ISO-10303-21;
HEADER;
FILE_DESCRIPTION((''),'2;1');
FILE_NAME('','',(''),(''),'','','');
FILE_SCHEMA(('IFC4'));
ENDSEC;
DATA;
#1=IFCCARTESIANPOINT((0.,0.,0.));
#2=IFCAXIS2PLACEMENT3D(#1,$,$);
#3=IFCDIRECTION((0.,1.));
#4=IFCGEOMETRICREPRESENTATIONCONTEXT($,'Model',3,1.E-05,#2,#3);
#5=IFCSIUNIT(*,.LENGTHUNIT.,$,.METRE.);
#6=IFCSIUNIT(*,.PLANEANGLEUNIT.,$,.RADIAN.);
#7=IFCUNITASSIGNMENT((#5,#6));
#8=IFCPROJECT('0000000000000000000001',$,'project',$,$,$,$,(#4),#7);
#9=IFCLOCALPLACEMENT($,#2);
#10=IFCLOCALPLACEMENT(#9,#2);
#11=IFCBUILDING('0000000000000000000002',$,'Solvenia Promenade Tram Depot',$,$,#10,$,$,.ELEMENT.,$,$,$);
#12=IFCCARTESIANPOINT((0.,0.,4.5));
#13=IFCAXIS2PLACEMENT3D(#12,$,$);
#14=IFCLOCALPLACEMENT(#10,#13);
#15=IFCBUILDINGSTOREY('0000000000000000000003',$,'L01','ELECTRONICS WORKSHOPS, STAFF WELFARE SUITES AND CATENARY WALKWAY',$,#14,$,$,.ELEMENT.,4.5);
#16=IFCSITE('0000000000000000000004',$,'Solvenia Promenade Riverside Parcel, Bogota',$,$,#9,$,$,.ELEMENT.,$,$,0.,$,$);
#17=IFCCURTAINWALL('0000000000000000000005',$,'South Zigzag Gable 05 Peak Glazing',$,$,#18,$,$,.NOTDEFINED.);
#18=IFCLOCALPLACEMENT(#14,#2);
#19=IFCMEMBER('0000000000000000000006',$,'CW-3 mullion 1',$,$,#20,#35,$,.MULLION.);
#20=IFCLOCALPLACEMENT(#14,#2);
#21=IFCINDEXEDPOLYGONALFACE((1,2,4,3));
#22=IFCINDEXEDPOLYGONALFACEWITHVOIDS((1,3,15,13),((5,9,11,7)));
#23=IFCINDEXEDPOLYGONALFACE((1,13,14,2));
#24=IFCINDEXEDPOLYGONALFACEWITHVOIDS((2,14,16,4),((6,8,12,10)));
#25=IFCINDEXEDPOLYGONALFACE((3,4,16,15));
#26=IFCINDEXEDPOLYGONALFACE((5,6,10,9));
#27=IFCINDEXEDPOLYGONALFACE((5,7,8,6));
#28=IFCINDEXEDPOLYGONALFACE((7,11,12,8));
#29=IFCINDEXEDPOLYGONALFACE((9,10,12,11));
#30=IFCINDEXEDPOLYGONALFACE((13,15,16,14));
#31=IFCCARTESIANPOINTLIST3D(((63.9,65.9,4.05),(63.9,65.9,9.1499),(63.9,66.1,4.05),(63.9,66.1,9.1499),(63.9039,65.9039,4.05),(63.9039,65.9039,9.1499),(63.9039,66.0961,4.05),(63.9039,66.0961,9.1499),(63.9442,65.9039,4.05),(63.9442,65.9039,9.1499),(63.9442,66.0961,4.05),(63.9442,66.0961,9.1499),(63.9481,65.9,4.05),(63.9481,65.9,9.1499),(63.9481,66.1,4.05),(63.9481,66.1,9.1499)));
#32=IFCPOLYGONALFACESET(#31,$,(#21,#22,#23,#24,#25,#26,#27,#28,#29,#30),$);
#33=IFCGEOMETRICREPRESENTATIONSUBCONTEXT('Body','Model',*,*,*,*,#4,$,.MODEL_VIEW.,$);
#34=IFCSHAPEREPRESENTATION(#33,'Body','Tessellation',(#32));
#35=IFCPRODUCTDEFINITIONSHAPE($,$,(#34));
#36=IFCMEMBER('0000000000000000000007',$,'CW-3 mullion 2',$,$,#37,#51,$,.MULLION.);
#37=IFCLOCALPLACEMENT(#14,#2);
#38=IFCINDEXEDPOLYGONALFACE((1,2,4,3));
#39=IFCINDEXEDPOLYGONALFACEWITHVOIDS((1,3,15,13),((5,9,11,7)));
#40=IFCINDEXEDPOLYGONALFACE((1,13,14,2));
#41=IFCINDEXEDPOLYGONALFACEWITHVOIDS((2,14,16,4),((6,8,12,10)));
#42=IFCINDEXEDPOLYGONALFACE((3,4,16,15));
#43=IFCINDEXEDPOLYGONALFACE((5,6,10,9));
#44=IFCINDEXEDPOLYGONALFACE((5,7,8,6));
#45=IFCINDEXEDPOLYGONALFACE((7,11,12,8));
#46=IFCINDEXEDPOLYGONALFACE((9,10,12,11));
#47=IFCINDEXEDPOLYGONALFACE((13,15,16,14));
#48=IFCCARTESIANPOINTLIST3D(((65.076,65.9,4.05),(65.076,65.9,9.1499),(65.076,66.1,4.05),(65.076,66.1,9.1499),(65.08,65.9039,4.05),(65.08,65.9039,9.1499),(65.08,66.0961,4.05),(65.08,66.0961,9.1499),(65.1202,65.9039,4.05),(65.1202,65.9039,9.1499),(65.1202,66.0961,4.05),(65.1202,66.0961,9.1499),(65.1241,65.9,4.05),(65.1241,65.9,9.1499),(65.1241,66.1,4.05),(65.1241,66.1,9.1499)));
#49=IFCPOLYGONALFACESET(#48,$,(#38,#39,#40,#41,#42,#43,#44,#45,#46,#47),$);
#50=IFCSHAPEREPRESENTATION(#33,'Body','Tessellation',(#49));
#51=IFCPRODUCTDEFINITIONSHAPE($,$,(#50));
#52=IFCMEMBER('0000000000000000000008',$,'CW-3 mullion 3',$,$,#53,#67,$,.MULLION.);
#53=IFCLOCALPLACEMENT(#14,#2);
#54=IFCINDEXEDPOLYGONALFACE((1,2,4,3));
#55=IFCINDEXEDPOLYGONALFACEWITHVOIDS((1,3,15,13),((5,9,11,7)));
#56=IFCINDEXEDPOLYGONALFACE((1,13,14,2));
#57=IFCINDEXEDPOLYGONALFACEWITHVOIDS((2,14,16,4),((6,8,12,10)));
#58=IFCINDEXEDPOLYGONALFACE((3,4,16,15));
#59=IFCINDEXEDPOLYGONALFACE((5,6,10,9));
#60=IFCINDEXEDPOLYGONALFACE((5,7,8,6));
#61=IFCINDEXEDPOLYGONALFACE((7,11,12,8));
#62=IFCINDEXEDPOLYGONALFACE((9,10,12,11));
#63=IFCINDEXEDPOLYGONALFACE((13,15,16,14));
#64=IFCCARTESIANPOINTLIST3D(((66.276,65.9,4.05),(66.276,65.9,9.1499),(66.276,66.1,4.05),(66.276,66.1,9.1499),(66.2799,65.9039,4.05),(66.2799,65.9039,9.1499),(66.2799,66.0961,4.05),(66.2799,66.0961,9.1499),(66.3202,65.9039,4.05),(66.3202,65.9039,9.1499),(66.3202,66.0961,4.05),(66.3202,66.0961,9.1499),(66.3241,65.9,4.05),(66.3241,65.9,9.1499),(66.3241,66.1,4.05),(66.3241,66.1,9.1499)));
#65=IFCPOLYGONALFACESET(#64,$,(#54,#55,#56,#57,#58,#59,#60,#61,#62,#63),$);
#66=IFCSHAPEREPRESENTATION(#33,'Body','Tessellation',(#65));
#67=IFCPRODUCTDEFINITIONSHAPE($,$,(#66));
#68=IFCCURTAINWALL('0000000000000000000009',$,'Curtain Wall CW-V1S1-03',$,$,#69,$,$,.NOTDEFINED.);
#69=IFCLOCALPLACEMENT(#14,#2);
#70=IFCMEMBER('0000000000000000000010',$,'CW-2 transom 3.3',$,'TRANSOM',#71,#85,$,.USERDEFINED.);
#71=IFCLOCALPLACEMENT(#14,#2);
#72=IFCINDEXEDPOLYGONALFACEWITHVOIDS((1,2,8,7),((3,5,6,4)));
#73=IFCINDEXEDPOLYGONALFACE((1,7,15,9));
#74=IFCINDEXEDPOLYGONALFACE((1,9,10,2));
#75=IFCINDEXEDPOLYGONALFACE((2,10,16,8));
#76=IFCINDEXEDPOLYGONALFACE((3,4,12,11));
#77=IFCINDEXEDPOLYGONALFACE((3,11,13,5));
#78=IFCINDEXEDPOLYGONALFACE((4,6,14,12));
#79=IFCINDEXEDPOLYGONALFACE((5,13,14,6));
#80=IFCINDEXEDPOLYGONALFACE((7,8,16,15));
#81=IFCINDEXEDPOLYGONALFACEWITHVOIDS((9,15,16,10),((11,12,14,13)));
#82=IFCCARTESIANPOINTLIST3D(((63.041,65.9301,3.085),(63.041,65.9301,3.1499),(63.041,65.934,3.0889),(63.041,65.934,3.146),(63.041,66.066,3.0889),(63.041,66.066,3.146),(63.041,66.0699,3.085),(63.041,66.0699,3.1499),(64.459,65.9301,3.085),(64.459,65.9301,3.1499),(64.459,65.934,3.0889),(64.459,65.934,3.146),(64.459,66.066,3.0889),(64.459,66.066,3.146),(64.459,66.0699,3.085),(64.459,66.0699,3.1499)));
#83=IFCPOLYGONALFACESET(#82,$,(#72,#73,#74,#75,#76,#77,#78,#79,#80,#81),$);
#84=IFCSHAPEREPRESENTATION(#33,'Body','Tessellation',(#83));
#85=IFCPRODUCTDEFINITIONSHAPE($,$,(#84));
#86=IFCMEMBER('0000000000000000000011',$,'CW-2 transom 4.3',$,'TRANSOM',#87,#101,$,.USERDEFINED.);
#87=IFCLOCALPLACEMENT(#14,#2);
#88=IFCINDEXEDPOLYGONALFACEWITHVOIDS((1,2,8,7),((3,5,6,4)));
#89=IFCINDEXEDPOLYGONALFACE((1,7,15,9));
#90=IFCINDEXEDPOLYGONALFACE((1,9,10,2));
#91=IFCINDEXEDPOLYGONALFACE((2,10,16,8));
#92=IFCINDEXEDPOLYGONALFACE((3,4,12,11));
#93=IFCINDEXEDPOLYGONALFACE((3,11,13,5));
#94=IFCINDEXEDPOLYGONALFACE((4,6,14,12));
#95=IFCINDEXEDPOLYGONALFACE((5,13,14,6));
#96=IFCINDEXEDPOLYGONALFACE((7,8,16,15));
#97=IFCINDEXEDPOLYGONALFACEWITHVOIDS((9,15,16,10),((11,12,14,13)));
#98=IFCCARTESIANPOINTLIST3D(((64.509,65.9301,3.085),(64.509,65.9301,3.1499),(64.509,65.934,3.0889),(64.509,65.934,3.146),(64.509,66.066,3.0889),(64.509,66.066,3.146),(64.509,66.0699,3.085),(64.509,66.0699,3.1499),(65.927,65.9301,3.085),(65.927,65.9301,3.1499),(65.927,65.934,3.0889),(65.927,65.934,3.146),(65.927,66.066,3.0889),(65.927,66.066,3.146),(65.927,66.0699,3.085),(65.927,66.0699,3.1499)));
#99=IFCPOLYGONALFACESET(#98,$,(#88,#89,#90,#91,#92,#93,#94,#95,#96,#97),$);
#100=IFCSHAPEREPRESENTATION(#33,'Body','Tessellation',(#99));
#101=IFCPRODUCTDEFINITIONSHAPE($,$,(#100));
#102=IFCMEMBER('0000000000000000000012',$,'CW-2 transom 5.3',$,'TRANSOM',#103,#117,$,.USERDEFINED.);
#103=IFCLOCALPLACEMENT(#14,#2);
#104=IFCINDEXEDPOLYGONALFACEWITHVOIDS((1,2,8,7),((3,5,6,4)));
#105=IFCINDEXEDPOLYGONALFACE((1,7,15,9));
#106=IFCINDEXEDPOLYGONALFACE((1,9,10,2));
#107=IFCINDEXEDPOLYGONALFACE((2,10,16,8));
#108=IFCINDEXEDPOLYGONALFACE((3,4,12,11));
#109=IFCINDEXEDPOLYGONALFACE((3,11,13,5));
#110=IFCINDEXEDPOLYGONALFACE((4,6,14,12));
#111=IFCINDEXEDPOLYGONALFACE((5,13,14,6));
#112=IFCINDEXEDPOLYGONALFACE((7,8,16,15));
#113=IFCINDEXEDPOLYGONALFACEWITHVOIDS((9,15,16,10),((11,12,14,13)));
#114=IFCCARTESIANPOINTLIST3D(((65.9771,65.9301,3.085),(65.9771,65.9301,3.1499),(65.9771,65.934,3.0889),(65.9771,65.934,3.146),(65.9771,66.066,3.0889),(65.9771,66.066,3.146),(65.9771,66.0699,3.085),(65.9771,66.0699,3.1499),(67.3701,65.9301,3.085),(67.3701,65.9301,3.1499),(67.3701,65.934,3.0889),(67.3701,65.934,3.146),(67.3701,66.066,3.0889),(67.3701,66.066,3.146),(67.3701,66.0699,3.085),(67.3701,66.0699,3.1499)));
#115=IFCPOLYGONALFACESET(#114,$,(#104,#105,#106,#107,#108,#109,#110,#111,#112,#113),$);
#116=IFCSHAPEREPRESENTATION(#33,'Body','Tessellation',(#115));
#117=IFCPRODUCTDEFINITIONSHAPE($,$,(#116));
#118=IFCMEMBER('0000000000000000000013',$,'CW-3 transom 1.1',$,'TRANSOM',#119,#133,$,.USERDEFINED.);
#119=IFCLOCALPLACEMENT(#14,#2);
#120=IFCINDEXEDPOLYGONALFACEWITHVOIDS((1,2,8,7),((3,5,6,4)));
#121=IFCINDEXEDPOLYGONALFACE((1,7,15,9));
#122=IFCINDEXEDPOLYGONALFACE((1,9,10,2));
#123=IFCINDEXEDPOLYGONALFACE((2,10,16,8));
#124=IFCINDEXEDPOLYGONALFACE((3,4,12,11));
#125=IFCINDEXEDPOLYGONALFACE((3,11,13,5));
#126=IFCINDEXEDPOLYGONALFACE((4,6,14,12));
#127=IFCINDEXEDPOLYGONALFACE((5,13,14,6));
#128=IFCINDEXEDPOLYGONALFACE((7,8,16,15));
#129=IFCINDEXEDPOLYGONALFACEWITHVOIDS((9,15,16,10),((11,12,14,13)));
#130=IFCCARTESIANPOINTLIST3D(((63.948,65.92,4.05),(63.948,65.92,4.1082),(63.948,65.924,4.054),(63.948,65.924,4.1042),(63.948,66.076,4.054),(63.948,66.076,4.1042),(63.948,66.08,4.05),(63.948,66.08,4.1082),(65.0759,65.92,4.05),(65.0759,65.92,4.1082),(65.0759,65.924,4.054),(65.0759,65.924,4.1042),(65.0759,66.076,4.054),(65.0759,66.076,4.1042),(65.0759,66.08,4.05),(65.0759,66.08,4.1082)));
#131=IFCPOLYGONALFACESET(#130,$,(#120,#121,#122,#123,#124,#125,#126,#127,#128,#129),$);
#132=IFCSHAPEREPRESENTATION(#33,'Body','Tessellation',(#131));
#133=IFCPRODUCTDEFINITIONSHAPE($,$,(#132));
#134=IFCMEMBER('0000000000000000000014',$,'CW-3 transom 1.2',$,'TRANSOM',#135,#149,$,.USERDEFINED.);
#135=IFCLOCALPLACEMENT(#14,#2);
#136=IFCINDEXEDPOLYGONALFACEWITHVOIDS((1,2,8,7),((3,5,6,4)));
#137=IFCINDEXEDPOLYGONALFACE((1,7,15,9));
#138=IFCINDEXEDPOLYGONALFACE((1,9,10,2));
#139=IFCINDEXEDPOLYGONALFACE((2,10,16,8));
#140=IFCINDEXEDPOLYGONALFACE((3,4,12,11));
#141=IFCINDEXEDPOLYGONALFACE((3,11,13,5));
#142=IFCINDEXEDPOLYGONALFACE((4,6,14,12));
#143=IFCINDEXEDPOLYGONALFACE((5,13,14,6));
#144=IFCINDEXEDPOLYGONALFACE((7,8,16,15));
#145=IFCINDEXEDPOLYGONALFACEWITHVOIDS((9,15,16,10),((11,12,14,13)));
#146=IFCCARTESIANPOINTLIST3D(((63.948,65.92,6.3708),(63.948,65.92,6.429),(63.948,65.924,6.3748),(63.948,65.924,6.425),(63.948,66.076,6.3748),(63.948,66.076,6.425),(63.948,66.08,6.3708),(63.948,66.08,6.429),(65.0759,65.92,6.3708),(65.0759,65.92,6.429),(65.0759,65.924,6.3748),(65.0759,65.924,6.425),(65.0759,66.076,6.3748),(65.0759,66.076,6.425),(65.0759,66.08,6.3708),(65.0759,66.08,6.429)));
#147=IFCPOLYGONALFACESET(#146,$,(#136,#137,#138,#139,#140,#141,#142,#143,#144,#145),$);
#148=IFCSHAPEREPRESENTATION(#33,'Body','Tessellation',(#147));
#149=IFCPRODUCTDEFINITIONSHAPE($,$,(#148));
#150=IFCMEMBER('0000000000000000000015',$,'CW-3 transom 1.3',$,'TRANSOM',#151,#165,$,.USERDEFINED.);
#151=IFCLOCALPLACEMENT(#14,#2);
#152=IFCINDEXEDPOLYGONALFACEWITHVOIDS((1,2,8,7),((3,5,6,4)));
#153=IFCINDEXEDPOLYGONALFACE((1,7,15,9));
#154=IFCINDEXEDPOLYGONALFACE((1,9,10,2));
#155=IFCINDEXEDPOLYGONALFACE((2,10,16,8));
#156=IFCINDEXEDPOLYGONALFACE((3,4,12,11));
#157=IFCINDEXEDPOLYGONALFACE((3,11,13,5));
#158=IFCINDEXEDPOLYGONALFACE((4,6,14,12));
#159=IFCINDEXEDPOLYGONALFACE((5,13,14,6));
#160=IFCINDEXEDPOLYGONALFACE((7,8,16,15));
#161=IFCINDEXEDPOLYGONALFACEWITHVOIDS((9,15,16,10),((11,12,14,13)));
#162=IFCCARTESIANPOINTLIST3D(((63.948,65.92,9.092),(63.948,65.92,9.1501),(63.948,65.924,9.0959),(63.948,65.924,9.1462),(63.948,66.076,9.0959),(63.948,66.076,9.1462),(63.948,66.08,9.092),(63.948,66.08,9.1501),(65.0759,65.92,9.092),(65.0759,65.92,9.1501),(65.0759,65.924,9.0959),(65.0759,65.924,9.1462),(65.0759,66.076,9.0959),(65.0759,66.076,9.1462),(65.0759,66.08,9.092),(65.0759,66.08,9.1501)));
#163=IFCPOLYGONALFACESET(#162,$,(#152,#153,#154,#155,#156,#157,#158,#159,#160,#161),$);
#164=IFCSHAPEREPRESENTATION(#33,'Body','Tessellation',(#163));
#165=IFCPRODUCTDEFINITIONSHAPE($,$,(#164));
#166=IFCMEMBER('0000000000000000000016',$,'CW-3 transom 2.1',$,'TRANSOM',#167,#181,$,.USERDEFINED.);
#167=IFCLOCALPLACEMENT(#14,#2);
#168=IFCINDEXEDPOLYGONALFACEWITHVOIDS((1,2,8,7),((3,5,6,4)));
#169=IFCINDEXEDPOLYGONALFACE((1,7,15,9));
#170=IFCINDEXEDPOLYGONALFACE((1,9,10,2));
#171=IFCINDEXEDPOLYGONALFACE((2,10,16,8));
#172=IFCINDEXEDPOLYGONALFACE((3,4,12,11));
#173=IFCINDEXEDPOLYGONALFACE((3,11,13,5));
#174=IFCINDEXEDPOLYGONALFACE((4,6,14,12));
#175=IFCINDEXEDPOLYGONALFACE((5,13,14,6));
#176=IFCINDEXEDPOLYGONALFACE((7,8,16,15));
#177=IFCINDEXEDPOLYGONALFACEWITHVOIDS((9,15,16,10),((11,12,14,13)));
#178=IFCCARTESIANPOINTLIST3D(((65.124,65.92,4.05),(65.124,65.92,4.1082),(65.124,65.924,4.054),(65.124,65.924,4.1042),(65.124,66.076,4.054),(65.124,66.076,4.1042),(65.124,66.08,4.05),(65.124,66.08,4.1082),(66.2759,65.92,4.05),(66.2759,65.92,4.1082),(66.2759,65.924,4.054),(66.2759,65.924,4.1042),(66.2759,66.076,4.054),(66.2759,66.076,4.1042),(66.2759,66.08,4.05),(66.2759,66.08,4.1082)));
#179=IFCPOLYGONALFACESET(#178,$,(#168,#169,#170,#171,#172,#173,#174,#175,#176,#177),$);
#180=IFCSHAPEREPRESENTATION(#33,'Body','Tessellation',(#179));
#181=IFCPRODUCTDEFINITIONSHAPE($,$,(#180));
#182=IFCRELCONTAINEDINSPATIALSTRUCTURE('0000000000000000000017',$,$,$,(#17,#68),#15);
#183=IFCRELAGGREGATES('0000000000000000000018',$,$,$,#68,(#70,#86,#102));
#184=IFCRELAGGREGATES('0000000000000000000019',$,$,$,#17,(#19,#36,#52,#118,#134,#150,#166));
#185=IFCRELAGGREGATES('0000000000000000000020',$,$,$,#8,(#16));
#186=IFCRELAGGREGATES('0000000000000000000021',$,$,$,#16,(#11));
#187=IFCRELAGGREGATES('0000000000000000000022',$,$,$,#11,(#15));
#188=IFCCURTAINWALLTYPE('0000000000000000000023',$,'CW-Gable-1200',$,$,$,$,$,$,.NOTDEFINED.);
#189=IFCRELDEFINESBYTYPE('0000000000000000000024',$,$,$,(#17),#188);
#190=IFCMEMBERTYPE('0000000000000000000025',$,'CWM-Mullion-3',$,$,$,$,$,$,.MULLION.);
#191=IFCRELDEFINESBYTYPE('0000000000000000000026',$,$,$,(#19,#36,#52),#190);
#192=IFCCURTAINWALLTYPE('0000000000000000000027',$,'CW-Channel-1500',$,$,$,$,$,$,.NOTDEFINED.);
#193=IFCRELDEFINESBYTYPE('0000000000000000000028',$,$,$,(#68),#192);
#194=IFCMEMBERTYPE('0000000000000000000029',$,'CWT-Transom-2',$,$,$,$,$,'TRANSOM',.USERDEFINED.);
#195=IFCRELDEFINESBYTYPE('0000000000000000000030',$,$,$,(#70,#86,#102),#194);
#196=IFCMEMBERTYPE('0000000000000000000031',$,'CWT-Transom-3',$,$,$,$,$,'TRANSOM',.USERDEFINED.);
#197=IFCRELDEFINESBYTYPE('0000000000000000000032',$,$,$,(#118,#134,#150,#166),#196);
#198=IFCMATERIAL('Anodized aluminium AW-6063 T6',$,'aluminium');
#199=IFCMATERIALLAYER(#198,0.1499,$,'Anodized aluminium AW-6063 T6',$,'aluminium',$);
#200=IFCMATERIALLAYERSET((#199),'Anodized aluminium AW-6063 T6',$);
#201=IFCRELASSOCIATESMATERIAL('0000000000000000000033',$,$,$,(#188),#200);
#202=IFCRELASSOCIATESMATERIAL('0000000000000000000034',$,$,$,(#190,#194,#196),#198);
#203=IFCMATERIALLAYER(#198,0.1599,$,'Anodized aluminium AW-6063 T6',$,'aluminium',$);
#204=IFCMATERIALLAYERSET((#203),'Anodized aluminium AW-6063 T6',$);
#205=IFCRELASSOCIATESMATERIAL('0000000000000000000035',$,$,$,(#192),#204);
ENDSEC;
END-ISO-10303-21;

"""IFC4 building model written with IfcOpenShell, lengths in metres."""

from ifc_helpers import new_model, si_unit, direction, frame, origin, origin_2d, place, context, subcontext, project, spatial, hollow_rectangle, extrude, material, layer, layer_set, material_profile, profile_set, type_object, element, aggregate, save


model = new_model("IFC4")

# Units and contexts
model_context = context("Model", 3, precision=1e-05, world=origin(), true_north=direction((0.0, 1.0)))
body_context = subcontext(model_context, "Body", "Model", "MODEL_VIEW")
ifc_project = project(units=[si_unit("LENGTHUNIT", "METRE"), si_unit("PLANEANGLEUNIT", "RADIAN")], contexts=[model_context])

# Site, building, storey
site_placement = place(None, origin())
site = spatial("IfcSite", under=ifc_project, at=site_placement, Name="Solvenia Promenade Riverside Parcel, Bogota", CompositionType="ELEMENT", RefElevation=0.0)
building_placement = place(site_placement, origin())
building = spatial("IfcBuilding", under=site, at=building_placement, Name="Solvenia Promenade Tram Depot", CompositionType="ELEMENT")
storey_placement = place(building_placement, frame((0.0, 0.0, 4.5)))
storey = spatial("IfcBuildingStorey", under=building, at=storey_placement, Name="L01", Description="ELECTRONICS WORKSHOPS, STAFF WELFARE SUITES AND CATENARY WALKWAY", CompositionType="ELEMENT", Elevation=4.5)

# Curtain walls, members
ifc_material_1 = material(Name="Anodized aluminium AW-6063 T6", Category="aluminium")
ifc_layer_1 = layer(ifc_material_1, 0.1499, Name="Anodized aluminium AW-6063 T6", Category="aluminium")
ifc_layer_set_1 = layer_set([ifc_layer_1], Name="Anodized aluminium AW-6063 T6")
curtain_wall_type_1 = type_object("IfcCurtainWallType", Name="CW-Gable-1200", PredefinedType="NOTDEFINED", material=ifc_layer_set_1)
curtain_wall_1_placement = place(storey_placement, origin())
curtain_wall_1 = element("IfcCurtainWall", 1, at=curtain_wall_1_placement, inside=storey, type_object=curtain_wall_type_1, Name="South Zigzag Gable 05 Peak Glazing", PredefinedType="NOTDEFINED")
ifc_material_profile_1 = material_profile(ifc_material_1, hollow_rectangle(XDim=0.2, YDim=0.0481, WallThickness=0.0039, at=origin_2d()), Name="ALU-M3", Category="aluminium")
ifc_profile_set_1 = profile_set([ifc_material_profile_1], Name="Anodized aluminium AW-6063 T6")
member_type_1 = type_object("IfcMemberType", Name="CWM-Mullion-3", PredefinedType="MULLION", material=ifc_profile_set_1)
member_1_placement = place(storey_placement, frame((63.9241, 66.0, 4.05), z_axis=(0.0, 0.0, 1.0), x_axis=(0.0, 1.0, 0.0)))
member_1 = element("IfcMember", 2, at=member_1_placement, type_object=member_type_1, Name="CW-3 mullion 1", PredefinedType="MULLION", context=body_context, shape_type="SweptSolid", body=[
    extrude(hollow_rectangle(XDim=0.2, YDim=0.0481, WallThickness=0.0039, at=origin_2d()), origin(), (0.0, 0.0, 1.0), 5.0999),
])
member_2_placement = place(storey_placement, frame((65.1001, 66.0, 4.05), z_axis=(0.0, 0.0, 1.0), x_axis=(0.0, 1.0, 0.0)))
member_2 = element("IfcMember", 3, at=member_2_placement, type_object=member_type_1, Name="CW-3 mullion 2", PredefinedType="MULLION", context=body_context, shape_type="SweptSolid", body=[
    extrude(hollow_rectangle(XDim=0.2, YDim=0.0481, WallThickness=0.0039, at=origin_2d()), origin(), (0.0, 0.0, 1.0), 5.0999),
])
member_3_placement = place(storey_placement, frame((66.3, 66.0, 4.05), z_axis=(0.0, 0.0, 1.0), x_axis=(0.0, 1.0, 0.0)))
member_3 = element("IfcMember", 4, at=member_3_placement, type_object=member_type_1, Name="CW-3 mullion 3", PredefinedType="MULLION", context=body_context, shape_type="SweptSolid", body=[
    extrude(hollow_rectangle(XDim=0.2, YDim=0.0481, WallThickness=0.0039, at=origin_2d()), origin(), (0.0, 0.0, 1.0), 5.0999),
])
ifc_layer_2 = layer(ifc_material_1, 0.1599, Name="Anodized aluminium AW-6063 T6", Category="aluminium")
ifc_layer_set_2 = layer_set([ifc_layer_2], Name="Anodized aluminium AW-6063 T6")
curtain_wall_type_2 = type_object("IfcCurtainWallType", Name="CW-Channel-1500", PredefinedType="NOTDEFINED", material=ifc_layer_set_2)
curtain_wall_2_placement = place(storey_placement, origin())
curtain_wall_2 = element("IfcCurtainWall", 5, at=curtain_wall_2_placement, inside=storey, type_object=curtain_wall_type_2, Name="Curtain Wall CW-V1S1-03", PredefinedType="NOTDEFINED")
ifc_material_profile_2 = material_profile(ifc_material_1, hollow_rectangle(XDim=0.1399, YDim=0.0649, WallThickness=0.0039, at=origin_2d()), Name="ALU-T2", Category="aluminium")
ifc_profile_set_2 = profile_set([ifc_material_profile_2], Name="Anodized aluminium AW-6063 T6")
member_type_2 = type_object("IfcMemberType", Name="CWT-Transom-2", ElementType="TRANSOM", PredefinedType="USERDEFINED", material=ifc_profile_set_2)
member_4_placement = place(storey_placement, frame((63.041, 66.0, 3.1174), z_axis=(1.0, 0.0, 0.0), x_axis=(0.0, 1.0, 0.0)))
member_4 = element("IfcMember", 6, at=member_4_placement, type_object=member_type_2, Name="CW-2 transom 3.3", ObjectType="TRANSOM", PredefinedType="USERDEFINED", context=body_context, shape_type="SweptSolid", body=[
    extrude(hollow_rectangle(XDim=0.1399, YDim=0.0649, WallThickness=0.0039, at=origin_2d()), origin(), (0.0, 0.0, 1.0), 1.418),
])
member_5_placement = place(storey_placement, frame((64.509, 66.0, 3.1174), z_axis=(1.0, 0.0, 0.0), x_axis=(0.0, 1.0, 0.0)))
member_5 = element("IfcMember", 7, at=member_5_placement, type_object=member_type_2, Name="CW-2 transom 4.3", ObjectType="TRANSOM", PredefinedType="USERDEFINED", context=body_context, shape_type="SweptSolid", body=[
    extrude(hollow_rectangle(XDim=0.1399, YDim=0.0649, WallThickness=0.0039, at=origin_2d()), origin(), (0.0, 0.0, 1.0), 1.418),
])
member_6_placement = place(storey_placement, frame((65.9771, 66.0, 3.1174), z_axis=(1.0, 0.0, 0.0), x_axis=(0.0, 1.0, 0.0)))
member_6 = element("IfcMember", 8, at=member_6_placement, type_object=member_type_2, Name="CW-2 transom 5.3", ObjectType="TRANSOM", PredefinedType="USERDEFINED", context=body_context, shape_type="SweptSolid", body=[
    extrude(hollow_rectangle(XDim=0.1399, YDim=0.0649, WallThickness=0.0039, at=origin_2d()), origin(), (0.0, 0.0, 1.0), 1.3931),
])
aggregate(curtain_wall_2, [member_4, member_5, member_6])

# Members
ifc_material_profile_3 = material_profile(ifc_material_1, hollow_rectangle(XDim=0.1599, YDim=0.0581, WallThickness=0.0039, at=origin_2d()), Name="ALU-T3", Category="aluminium")
ifc_profile_set_3 = profile_set([ifc_material_profile_3], Name="Anodized aluminium AW-6063 T6")
member_type_3 = type_object("IfcMemberType", Name="CWT-Transom-3", ElementType="TRANSOM", PredefinedType="USERDEFINED", material=ifc_profile_set_3)
member_7_placement = place(storey_placement, frame((63.948, 66.0, 4.0791), z_axis=(1.0, 0.0, 0.0), x_axis=(0.0, 1.0, 0.0)))
member_7 = element("IfcMember", 9, at=member_7_placement, type_object=member_type_3, Name="CW-3 transom 1.1", ObjectType="TRANSOM", PredefinedType="USERDEFINED", context=body_context, shape_type="SweptSolid", body=[
    extrude(hollow_rectangle(XDim=0.1599, YDim=0.0581, WallThickness=0.0039, at=origin_2d()), origin(), (0.0, 0.0, 1.0), 1.1279),
])
member_8_placement = place(storey_placement, frame((63.948, 66.0, 6.3999), z_axis=(1.0, 0.0, 0.0), x_axis=(0.0, 1.0, 0.0)))
member_8 = element("IfcMember", 10, at=member_8_placement, type_object=member_type_3, Name="CW-3 transom 1.2", ObjectType="TRANSOM", PredefinedType="USERDEFINED", context=body_context, shape_type="SweptSolid", body=[
    extrude(hollow_rectangle(XDim=0.1599, YDim=0.0581, WallThickness=0.0039, at=origin_2d()), origin(), (0.0, 0.0, 1.0), 1.1279),
])
member_9_placement = place(storey_placement, frame((63.948, 66.0, 9.1211), z_axis=(1.0, 0.0, 0.0), x_axis=(0.0, 1.0, 0.0)))
member_9 = element("IfcMember", 11, at=member_9_placement, type_object=member_type_3, Name="CW-3 transom 1.3", ObjectType="TRANSOM", PredefinedType="USERDEFINED", context=body_context, shape_type="SweptSolid", body=[
    extrude(hollow_rectangle(XDim=0.1599, YDim=0.0581, WallThickness=0.0039, at=origin_2d()), origin(), (0.0, 0.0, 1.0), 1.1279),
])
member_10_placement = place(storey_placement, frame((65.124, 66.0, 4.0791), z_axis=(1.0, 0.0, 0.0), x_axis=(0.0, 1.0, 0.0)))
member_10 = element("IfcMember", 12, at=member_10_placement, type_object=member_type_3, Name="CW-3 transom 2.1", ObjectType="TRANSOM", PredefinedType="USERDEFINED", context=body_context, shape_type="SweptSolid", body=[
    extrude(hollow_rectangle(XDim=0.1599, YDim=0.0581, WallThickness=0.0039, at=origin_2d()), origin(), (0.0, 0.0, 1.0), 1.1519),
])

aggregate(curtain_wall_1, [member_1, member_2, member_3, member_7, member_8, member_9, member_10])

save(model, "model.ifc")
